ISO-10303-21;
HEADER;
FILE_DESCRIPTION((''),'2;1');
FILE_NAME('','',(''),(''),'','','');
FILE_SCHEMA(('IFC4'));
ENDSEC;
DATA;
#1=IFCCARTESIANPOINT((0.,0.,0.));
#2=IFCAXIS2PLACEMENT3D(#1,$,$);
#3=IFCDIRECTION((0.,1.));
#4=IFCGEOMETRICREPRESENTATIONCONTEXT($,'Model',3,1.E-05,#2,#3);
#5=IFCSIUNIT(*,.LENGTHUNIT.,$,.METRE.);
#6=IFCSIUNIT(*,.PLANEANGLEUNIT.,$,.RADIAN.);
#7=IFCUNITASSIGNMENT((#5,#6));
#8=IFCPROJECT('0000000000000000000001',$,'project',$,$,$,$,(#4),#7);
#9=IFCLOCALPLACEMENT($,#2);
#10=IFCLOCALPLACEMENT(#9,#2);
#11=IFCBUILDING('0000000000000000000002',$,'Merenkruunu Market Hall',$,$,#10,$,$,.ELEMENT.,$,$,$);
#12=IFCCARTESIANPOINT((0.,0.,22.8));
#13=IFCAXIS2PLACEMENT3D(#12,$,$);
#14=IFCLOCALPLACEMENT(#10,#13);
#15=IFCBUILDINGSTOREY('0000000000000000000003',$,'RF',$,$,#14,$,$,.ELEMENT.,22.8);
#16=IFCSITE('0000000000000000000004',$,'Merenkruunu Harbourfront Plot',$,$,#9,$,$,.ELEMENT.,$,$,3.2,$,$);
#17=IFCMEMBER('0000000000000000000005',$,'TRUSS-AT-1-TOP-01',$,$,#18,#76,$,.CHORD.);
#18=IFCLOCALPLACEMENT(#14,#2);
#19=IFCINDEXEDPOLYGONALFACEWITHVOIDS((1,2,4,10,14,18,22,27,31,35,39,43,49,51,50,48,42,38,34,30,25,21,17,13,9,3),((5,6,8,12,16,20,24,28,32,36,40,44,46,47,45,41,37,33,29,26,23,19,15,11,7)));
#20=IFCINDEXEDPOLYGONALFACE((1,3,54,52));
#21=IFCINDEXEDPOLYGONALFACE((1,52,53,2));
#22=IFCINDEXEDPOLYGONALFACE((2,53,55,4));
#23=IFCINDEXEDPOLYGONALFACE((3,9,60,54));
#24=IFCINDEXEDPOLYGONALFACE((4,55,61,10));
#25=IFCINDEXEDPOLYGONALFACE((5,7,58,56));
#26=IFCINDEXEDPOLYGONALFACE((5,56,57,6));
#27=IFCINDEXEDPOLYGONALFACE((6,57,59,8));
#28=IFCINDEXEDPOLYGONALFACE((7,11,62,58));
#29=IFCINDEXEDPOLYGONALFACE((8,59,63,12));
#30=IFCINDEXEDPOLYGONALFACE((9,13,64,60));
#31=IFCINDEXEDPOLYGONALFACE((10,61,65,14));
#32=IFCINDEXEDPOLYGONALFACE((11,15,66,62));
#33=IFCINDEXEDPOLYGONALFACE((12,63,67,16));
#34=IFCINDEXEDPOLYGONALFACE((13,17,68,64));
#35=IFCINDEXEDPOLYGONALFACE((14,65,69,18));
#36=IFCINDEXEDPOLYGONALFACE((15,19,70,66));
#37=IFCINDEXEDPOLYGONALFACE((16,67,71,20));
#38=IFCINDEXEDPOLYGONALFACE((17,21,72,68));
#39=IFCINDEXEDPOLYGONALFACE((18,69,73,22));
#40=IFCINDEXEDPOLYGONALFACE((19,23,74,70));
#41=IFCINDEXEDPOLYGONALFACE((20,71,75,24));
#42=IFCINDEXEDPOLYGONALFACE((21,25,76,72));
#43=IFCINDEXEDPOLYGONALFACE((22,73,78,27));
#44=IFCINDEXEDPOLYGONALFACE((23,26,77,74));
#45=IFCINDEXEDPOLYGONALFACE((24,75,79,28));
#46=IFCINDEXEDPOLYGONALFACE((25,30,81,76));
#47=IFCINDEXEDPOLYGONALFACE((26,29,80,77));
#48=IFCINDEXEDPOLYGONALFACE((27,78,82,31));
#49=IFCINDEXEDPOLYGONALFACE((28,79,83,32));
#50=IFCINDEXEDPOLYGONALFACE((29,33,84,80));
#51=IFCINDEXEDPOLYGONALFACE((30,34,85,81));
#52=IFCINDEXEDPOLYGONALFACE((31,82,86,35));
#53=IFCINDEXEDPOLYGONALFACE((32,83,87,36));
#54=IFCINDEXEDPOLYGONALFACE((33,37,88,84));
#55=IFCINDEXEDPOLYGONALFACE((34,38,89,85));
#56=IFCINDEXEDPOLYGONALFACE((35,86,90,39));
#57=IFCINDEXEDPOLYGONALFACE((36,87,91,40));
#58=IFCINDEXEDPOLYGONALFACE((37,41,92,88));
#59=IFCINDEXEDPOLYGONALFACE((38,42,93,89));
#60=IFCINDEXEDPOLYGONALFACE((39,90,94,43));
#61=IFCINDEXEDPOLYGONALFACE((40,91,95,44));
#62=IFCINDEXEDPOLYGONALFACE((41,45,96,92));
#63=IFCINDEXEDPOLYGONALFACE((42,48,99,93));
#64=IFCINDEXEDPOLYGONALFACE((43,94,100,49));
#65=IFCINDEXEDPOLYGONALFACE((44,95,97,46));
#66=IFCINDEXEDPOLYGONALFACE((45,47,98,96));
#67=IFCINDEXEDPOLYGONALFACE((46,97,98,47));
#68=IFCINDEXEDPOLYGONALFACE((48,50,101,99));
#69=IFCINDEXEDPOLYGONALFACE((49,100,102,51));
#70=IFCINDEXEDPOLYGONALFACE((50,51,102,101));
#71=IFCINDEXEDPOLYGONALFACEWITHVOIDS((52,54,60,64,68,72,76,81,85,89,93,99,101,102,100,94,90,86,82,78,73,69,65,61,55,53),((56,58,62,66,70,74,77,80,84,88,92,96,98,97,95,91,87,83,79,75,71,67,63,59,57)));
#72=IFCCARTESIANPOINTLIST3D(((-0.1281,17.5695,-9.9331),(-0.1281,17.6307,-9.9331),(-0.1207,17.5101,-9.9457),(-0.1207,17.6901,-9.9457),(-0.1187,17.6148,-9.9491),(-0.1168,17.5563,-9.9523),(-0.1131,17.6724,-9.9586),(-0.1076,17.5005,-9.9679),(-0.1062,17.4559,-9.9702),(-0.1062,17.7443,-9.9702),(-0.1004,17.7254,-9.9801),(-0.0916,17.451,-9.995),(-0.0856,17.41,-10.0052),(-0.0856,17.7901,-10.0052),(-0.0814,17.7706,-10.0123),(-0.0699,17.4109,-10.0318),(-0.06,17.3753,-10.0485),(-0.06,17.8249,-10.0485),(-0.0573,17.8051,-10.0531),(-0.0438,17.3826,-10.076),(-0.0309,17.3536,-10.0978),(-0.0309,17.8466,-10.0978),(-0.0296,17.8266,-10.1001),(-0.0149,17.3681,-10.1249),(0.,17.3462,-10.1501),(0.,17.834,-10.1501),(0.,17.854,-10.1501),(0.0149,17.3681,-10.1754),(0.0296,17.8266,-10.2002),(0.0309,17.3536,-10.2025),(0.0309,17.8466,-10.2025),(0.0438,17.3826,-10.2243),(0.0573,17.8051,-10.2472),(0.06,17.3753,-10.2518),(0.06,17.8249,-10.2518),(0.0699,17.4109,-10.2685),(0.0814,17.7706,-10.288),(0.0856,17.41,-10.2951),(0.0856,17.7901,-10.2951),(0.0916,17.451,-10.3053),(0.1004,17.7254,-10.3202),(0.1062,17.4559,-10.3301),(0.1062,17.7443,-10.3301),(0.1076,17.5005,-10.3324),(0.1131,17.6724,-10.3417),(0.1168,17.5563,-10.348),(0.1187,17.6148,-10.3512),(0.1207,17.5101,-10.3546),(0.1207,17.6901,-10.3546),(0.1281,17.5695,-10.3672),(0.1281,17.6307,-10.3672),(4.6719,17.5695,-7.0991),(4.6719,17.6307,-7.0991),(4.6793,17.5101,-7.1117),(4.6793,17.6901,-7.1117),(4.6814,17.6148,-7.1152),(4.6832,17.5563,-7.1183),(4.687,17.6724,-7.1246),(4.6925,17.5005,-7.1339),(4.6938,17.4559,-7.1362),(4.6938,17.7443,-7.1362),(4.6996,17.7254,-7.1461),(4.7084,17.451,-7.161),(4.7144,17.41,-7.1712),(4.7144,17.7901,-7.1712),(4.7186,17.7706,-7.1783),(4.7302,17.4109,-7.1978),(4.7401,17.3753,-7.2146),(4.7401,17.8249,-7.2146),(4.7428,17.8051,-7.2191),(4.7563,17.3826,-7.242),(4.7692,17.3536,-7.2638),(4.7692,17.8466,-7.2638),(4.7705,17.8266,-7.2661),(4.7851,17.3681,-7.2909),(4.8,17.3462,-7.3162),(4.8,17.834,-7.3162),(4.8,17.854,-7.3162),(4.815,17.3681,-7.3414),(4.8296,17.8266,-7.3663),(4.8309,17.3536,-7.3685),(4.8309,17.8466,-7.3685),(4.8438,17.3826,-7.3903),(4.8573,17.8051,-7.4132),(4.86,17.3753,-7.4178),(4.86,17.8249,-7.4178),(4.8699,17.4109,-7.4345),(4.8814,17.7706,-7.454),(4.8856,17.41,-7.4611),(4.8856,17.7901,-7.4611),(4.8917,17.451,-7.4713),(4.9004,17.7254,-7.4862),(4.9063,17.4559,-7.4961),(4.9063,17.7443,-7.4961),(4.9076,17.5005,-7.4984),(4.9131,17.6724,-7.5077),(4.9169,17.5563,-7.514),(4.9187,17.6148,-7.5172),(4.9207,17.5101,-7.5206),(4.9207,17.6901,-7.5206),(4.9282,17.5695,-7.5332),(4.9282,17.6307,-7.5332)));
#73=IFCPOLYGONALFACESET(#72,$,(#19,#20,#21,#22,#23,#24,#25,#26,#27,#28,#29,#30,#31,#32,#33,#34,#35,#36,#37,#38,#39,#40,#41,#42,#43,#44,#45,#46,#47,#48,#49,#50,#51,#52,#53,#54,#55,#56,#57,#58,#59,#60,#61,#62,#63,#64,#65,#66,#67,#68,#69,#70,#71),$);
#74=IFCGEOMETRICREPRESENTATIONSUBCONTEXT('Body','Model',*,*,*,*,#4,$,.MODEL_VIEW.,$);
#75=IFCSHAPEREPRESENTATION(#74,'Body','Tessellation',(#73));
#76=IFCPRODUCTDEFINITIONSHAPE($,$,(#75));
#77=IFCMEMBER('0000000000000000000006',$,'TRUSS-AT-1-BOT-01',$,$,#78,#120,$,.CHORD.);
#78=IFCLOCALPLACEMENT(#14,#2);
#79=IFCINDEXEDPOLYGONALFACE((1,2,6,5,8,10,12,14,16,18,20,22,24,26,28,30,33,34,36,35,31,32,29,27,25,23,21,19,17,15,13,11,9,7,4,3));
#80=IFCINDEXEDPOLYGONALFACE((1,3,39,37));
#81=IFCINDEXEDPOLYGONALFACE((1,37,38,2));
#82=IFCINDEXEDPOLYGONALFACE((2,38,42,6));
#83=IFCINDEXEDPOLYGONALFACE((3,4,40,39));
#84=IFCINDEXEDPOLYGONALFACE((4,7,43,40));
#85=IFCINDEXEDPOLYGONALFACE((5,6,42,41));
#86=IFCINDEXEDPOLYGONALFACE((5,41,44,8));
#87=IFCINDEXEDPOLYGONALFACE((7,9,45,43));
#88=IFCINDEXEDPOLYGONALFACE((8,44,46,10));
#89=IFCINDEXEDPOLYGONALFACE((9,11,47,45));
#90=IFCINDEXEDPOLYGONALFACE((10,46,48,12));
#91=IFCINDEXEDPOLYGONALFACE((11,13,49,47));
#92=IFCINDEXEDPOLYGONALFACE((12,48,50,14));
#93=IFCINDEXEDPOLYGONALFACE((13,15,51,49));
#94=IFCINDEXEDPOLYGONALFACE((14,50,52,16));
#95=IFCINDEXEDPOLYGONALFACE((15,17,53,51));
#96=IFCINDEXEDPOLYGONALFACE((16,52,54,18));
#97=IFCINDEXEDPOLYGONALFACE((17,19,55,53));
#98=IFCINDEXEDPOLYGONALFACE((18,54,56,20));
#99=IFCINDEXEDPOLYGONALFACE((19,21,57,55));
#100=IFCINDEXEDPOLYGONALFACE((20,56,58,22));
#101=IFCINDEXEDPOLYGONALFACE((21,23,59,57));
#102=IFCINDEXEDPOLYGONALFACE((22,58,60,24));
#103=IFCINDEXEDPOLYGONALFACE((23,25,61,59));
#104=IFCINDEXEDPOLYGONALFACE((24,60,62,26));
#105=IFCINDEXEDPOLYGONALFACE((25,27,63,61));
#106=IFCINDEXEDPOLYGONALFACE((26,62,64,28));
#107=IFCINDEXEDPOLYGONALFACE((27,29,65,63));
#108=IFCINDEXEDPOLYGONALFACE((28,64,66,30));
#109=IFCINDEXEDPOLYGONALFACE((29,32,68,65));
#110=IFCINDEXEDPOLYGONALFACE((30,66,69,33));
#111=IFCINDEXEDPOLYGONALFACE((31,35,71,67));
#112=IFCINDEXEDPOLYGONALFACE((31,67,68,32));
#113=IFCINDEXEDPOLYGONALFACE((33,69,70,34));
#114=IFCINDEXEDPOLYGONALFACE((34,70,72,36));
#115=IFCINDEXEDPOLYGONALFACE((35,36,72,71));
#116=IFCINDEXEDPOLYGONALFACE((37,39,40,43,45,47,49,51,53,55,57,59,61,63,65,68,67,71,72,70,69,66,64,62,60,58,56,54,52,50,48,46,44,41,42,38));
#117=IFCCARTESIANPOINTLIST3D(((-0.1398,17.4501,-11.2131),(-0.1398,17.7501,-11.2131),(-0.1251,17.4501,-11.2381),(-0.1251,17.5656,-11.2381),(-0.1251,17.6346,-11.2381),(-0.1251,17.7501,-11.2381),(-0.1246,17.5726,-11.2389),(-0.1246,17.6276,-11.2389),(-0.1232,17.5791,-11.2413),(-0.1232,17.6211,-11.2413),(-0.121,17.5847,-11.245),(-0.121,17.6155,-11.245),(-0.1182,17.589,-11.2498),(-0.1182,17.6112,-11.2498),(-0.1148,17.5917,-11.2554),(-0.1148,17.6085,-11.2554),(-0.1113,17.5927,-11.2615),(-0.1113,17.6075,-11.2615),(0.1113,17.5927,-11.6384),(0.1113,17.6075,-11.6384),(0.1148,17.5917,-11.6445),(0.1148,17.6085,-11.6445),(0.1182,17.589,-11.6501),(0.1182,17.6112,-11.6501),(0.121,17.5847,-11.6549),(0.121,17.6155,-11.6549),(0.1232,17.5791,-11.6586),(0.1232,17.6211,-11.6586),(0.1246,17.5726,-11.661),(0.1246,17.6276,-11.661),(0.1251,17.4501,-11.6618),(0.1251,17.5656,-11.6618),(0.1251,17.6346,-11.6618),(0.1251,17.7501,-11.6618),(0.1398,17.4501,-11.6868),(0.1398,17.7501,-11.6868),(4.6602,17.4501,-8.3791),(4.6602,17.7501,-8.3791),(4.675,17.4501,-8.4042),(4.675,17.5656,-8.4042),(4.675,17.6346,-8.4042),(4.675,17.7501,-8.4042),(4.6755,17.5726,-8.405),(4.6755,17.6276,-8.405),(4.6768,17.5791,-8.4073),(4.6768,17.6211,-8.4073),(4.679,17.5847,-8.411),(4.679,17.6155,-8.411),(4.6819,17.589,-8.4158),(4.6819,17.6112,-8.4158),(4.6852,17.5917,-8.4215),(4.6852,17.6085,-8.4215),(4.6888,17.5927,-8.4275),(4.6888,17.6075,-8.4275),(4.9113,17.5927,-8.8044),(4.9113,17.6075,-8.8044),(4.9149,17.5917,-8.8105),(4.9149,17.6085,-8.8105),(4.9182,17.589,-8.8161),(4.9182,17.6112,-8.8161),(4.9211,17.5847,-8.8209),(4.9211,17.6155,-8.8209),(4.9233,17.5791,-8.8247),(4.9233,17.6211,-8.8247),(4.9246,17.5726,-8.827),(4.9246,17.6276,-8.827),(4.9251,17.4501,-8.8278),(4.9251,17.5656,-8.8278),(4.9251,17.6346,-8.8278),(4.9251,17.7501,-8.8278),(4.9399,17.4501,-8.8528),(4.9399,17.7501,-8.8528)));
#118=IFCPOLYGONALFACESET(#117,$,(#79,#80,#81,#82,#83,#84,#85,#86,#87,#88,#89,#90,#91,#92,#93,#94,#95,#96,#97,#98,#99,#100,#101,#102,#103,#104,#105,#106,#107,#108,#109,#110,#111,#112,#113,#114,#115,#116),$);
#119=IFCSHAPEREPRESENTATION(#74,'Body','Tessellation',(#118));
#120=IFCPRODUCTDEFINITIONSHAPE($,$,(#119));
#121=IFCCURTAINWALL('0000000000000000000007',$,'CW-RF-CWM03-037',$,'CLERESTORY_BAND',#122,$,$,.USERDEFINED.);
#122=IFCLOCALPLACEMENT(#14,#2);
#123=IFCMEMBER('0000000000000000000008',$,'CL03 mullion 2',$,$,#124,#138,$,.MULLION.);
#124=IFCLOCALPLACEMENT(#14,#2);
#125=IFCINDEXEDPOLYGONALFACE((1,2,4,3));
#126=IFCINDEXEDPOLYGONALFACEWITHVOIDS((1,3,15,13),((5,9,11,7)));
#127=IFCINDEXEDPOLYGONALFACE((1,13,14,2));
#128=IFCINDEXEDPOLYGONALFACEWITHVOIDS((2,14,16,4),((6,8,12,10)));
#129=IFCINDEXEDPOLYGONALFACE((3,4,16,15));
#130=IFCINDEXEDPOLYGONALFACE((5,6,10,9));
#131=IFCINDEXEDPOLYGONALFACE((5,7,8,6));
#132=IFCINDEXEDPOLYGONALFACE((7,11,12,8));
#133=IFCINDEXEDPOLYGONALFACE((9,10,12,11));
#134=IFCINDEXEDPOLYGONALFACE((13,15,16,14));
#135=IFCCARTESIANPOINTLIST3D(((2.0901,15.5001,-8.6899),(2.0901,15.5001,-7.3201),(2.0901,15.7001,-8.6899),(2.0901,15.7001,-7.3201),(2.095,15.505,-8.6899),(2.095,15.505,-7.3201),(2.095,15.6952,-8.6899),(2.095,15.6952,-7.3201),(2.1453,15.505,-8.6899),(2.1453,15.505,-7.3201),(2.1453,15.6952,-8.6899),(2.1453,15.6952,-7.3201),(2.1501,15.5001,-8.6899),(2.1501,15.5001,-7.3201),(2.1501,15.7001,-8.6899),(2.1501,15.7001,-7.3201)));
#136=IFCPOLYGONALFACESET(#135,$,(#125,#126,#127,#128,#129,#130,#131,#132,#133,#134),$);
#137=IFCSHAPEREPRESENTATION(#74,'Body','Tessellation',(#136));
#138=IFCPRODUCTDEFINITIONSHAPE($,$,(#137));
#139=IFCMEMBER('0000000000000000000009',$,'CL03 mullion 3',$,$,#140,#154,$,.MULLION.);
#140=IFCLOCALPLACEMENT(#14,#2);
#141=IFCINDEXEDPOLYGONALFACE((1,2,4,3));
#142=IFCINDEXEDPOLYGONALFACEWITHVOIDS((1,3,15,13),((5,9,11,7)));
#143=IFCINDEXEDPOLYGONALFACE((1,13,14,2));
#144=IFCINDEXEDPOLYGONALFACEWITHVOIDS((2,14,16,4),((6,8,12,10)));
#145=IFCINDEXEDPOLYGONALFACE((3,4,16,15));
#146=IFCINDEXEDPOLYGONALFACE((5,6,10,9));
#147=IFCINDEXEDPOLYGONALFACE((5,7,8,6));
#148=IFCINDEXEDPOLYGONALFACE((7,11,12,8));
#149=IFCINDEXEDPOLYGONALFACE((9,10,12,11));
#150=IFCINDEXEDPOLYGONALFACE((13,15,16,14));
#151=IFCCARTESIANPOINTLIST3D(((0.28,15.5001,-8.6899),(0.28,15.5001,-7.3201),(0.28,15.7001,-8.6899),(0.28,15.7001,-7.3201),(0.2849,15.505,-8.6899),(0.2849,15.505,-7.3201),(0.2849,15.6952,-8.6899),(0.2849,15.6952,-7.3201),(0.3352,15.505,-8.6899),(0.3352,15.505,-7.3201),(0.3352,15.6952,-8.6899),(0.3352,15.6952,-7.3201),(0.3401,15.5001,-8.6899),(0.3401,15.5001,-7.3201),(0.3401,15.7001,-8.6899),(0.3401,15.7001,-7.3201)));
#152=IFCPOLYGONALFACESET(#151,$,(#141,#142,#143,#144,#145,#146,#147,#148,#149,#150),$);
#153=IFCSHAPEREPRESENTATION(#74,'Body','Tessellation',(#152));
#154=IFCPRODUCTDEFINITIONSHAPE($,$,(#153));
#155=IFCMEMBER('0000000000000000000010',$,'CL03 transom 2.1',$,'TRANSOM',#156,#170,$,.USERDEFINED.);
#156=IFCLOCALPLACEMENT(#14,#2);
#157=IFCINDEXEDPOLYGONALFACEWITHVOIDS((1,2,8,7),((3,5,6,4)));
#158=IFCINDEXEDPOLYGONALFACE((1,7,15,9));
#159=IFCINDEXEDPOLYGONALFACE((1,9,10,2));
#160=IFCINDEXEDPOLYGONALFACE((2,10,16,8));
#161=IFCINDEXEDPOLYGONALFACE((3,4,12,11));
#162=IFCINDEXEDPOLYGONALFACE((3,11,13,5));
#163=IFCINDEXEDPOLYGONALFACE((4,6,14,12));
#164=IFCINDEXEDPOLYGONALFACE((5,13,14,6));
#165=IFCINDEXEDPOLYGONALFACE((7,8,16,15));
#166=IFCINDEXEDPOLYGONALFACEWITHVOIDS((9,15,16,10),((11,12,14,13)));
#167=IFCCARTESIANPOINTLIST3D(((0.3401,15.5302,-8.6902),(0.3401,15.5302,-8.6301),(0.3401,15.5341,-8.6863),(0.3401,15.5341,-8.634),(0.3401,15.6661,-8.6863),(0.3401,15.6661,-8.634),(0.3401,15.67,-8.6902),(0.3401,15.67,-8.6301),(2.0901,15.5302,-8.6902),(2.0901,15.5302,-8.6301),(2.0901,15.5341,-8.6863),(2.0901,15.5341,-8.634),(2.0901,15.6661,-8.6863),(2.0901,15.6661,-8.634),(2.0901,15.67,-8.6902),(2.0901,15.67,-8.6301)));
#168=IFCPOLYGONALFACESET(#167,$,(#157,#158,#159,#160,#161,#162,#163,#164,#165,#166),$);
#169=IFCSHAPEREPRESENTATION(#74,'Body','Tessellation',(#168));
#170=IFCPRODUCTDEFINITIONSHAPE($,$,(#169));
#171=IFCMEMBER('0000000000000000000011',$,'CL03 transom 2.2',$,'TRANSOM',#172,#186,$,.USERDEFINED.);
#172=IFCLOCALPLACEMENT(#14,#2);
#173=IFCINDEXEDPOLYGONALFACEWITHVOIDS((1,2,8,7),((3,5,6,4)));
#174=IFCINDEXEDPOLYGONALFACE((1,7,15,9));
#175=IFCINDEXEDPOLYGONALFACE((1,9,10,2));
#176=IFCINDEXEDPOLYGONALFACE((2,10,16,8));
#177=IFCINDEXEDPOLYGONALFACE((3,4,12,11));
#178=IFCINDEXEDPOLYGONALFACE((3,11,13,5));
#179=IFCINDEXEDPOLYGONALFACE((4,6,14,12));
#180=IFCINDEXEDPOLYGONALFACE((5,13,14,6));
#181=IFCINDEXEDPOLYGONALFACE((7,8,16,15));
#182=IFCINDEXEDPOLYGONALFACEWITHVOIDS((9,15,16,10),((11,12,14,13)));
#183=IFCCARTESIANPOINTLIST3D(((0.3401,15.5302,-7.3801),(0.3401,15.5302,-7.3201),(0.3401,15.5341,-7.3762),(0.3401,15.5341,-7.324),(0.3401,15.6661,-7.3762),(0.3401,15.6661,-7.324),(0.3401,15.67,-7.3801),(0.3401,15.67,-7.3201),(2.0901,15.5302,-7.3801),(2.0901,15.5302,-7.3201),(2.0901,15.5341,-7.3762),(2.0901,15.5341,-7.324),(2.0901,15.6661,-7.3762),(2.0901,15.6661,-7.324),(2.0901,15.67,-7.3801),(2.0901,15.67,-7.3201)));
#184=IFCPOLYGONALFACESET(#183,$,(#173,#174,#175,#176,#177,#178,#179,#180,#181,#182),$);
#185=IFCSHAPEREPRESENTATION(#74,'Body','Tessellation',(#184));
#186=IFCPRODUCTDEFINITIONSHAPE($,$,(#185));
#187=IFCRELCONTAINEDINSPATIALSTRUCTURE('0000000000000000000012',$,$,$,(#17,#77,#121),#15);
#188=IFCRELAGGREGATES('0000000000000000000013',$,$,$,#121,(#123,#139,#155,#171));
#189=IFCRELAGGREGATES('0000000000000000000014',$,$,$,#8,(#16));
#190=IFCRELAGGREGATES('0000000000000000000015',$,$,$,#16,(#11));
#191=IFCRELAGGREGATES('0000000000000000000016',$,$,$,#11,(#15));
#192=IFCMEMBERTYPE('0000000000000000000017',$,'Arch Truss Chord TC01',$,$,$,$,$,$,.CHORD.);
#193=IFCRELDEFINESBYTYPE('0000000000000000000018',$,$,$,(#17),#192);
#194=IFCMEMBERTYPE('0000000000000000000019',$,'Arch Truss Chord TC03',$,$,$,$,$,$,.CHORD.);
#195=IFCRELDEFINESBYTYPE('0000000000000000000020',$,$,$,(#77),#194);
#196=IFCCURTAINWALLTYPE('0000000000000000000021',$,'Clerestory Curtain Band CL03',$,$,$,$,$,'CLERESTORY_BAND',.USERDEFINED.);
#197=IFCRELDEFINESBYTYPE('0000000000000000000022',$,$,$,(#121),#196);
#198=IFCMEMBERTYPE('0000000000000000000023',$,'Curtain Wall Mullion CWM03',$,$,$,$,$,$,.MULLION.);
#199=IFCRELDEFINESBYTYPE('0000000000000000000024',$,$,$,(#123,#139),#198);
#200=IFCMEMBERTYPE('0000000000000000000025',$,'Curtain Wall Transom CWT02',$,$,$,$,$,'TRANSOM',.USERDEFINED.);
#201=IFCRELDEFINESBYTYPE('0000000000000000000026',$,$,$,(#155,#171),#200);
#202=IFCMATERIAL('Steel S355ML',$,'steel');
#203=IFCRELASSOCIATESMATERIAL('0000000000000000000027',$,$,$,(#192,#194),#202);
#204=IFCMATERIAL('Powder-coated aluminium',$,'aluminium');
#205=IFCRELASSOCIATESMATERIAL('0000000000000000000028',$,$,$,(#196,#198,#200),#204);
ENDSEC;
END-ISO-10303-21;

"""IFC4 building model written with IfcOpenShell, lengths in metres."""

from ifc_helpers import new_model, si_unit, direction, frame, origin, origin_2d, place, context, subcontext, project, spatial, hollow_rectangle, hollow_circle, i_section, extrude, material, material_profile, profile_set, type_object, element, aggregate, save


model = new_model("IFC4")

# Units and contexts
model_context = context("Model", 3, precision=1e-05, world=origin(), true_north=direction((0.0, 1.0)))
body_context = subcontext(model_context, "Body", "Model", "MODEL_VIEW")
ifc_project = project(units=[si_unit("LENGTHUNIT", "METRE"), si_unit("PLANEANGLEUNIT", "RADIAN")], contexts=[model_context])

# Site, building, storey
site_placement = place(None, origin())
site = spatial("IfcSite", under=ifc_project, at=site_placement, Name="Merenkruunu Harbourfront Plot", CompositionType="ELEMENT", RefElevation=3.2)
building_placement = place(site_placement, origin())
building = spatial("IfcBuilding", under=site, at=building_placement, Name="Merenkruunu Market Hall", CompositionType="ELEMENT")
storey_placement = place(building_placement, frame((0.0, 0.0, 22.8)))
storey = spatial("IfcBuildingStorey", under=building, at=storey_placement, Name="RF", CompositionType="ELEMENT", Elevation=22.8)

# Members
ifc_material_1 = material(Name="Steel S355ML", Category="steel")
ifc_material_profile_1 = material_profile(ifc_material_1, hollow_circle(Radius=0.2539, WallThickness=0.02, at=origin_2d()), Name="CHS 508x20")
ifc_profile_set_1 = profile_set([ifc_material_profile_1], Name="Steel S355ML")
member_type_1 = type_object("IfcMemberType", Name="Arch Truss Chord TC01", PredefinedType="CHORD", material=ifc_profile_set_1)
member_1_placement = place(storey_placement, frame((0.0, 17.6001, -10.1501), z_axis=(0.861116, 0.0, 0.508409), x_axis=(0.0, 1.0, 0.0)))
element("IfcMember", 1, at=member_1_placement, inside=storey, type_object=member_type_1, Name="TRUSS-AT-1-TOP-01", PredefinedType="CHORD", context=body_context, shape_type="SweptSolid", body=[
    extrude(hollow_circle(Radius=0.2539, WallThickness=0.02, at=origin_2d()), origin(), (0.0, 0.0, 1.0), 5.5742),
])
ifc_material_profile_2 = material_profile(ifc_material_1, i_section(OverallWidth=0.3, OverallDepth=0.55, WebThickness=0.0149, FlangeThickness=0.0291, FilletRadius=0.0271, at=origin_2d()), Name="HEB 550")
ifc_profile_set_2 = profile_set([ifc_material_profile_2], Name="Steel S355ML")
member_type_2 = type_object("IfcMemberType", Name="Arch Truss Chord TC03", PredefinedType="CHORD", material=ifc_profile_set_2)
member_2_placement = place(storey_placement, frame((0.0, 17.6001, -11.45), z_axis=(0.861116, 0.0, 0.508409), x_axis=(0.0, 1.0, 0.0)))
element("IfcMember", 2, at=member_2_placement, inside=storey, type_object=member_type_2, Name="TRUSS-AT-1-BOT-01", PredefinedType="CHORD", context=body_context, shape_type="SweptSolid", body=[
    extrude(i_section(OverallWidth=0.3, OverallDepth=0.55, WebThickness=0.0149, FlangeThickness=0.0291, FilletRadius=0.0271, at=origin_2d()), origin(), (0.0, 0.0, 1.0), 5.5742),
])

# Curtain wall, members
ifc_material_2 = material(Name="Powder-coated aluminium", Category="aluminium")
curtain_wall_type = type_object("IfcCurtainWallType", Name="Clerestory Curtain Band CL03", ElementType="CLERESTORY_BAND", PredefinedType="USERDEFINED", material=ifc_material_2)
curtain_wall_placement = place(storey_placement, origin())
curtain_wall = element("IfcCurtainWall", 3, at=curtain_wall_placement, inside=storey, type_object=curtain_wall_type, Name="CW-RF-CWM03-037", ObjectType="CLERESTORY_BAND", PredefinedType="USERDEFINED")
ifc_material_profile_3 = material_profile(ifc_material_2, hollow_rectangle(XDim=0.0601, YDim=0.2, WallThickness=0.0049, at=origin_2d()), Name="ALU 60x200x5")
ifc_profile_set_3 = profile_set([ifc_material_profile_3], Name="Powder-coated aluminium")
member_type_3 = type_object("IfcMemberType", Name="Curtain Wall Mullion CWM03", PredefinedType="MULLION", material=ifc_profile_set_3)
member_3_placement = place(storey_placement, frame((2.1201, 15.6001, -8.6899), z_axis=(0.0, 0.0, 1.0), x_axis=(-1.0, 0.0, 0.0)))
member_3 = element("IfcMember", 4, at=member_3_placement, type_object=member_type_3, Name="CL03 mullion 2", PredefinedType="MULLION", context=body_context, shape_type="SweptSolid", body=[
    extrude(hollow_rectangle(XDim=0.0601, YDim=0.2, WallThickness=0.0049, at=origin_2d()), origin(), (0.0, 0.0, 1.0), 1.3699),
])
member_4_placement = place(storey_placement, frame((0.3101, 15.6001, -8.6899), z_axis=(0.0, 0.0, 1.0), x_axis=(-1.0, 0.0, 0.0)))
member_4 = element("IfcMember", 5, at=member_4_placement, type_object=member_type_3, Name="CL03 mullion 3", PredefinedType="MULLION", context=body_context, shape_type="SweptSolid", body=[
    extrude(hollow_rectangle(XDim=0.0601, YDim=0.2, WallThickness=0.0049, at=origin_2d()), origin(), (0.0, 0.0, 1.0), 1.3699),
])
ifc_material_profile_4 = material_profile(ifc_material_2, hollow_rectangle(XDim=0.0601, YDim=0.1399, WallThickness=0.0039, at=origin_2d()), Name="ALU 60x140x4")
ifc_profile_set_4 = profile_set([ifc_material_profile_4], Name="Powder-coated aluminium")
member_type_4 = type_object("IfcMemberType", Name="Curtain Wall Transom CWT02", ElementType="TRANSOM", PredefinedType="USERDEFINED", material=ifc_profile_set_4)
member_5_placement = place(storey_placement, frame((2.0901, 15.6001, -8.6602), z_axis=(-1.0, 0.0, 0.0), x_axis=(0.0, 0.0, 1.0)))
member_5 = element("IfcMember", 6, at=member_5_placement, type_object=member_type_4, Name="CL03 transom 2.1", ObjectType="TRANSOM", PredefinedType="USERDEFINED", context=body_context, shape_type="SweptSolid", body=[
    extrude(hollow_rectangle(XDim=0.0601, YDim=0.1399, WallThickness=0.0039, at=origin_2d()), origin(), (0.0, 0.0, 1.0), 1.75),
])
member_6_placement = place(storey_placement, frame((2.0901, 15.6001, -7.3501), z_axis=(-1.0, 0.0, 0.0), x_axis=(0.0, 0.0, 1.0)))
member_6 = element("IfcMember", 7, at=member_6_placement, type_object=member_type_4, Name="CL03 transom 2.2", ObjectType="TRANSOM", PredefinedType="USERDEFINED", context=body_context, shape_type="SweptSolid", body=[
    extrude(hollow_rectangle(XDim=0.0601, YDim=0.1399, WallThickness=0.0039, at=origin_2d()), origin(), (0.0, 0.0, 1.0), 1.75),
])

aggregate(curtain_wall, [member_3, member_4, member_5, member_6])

save(model, "model.ifc")
